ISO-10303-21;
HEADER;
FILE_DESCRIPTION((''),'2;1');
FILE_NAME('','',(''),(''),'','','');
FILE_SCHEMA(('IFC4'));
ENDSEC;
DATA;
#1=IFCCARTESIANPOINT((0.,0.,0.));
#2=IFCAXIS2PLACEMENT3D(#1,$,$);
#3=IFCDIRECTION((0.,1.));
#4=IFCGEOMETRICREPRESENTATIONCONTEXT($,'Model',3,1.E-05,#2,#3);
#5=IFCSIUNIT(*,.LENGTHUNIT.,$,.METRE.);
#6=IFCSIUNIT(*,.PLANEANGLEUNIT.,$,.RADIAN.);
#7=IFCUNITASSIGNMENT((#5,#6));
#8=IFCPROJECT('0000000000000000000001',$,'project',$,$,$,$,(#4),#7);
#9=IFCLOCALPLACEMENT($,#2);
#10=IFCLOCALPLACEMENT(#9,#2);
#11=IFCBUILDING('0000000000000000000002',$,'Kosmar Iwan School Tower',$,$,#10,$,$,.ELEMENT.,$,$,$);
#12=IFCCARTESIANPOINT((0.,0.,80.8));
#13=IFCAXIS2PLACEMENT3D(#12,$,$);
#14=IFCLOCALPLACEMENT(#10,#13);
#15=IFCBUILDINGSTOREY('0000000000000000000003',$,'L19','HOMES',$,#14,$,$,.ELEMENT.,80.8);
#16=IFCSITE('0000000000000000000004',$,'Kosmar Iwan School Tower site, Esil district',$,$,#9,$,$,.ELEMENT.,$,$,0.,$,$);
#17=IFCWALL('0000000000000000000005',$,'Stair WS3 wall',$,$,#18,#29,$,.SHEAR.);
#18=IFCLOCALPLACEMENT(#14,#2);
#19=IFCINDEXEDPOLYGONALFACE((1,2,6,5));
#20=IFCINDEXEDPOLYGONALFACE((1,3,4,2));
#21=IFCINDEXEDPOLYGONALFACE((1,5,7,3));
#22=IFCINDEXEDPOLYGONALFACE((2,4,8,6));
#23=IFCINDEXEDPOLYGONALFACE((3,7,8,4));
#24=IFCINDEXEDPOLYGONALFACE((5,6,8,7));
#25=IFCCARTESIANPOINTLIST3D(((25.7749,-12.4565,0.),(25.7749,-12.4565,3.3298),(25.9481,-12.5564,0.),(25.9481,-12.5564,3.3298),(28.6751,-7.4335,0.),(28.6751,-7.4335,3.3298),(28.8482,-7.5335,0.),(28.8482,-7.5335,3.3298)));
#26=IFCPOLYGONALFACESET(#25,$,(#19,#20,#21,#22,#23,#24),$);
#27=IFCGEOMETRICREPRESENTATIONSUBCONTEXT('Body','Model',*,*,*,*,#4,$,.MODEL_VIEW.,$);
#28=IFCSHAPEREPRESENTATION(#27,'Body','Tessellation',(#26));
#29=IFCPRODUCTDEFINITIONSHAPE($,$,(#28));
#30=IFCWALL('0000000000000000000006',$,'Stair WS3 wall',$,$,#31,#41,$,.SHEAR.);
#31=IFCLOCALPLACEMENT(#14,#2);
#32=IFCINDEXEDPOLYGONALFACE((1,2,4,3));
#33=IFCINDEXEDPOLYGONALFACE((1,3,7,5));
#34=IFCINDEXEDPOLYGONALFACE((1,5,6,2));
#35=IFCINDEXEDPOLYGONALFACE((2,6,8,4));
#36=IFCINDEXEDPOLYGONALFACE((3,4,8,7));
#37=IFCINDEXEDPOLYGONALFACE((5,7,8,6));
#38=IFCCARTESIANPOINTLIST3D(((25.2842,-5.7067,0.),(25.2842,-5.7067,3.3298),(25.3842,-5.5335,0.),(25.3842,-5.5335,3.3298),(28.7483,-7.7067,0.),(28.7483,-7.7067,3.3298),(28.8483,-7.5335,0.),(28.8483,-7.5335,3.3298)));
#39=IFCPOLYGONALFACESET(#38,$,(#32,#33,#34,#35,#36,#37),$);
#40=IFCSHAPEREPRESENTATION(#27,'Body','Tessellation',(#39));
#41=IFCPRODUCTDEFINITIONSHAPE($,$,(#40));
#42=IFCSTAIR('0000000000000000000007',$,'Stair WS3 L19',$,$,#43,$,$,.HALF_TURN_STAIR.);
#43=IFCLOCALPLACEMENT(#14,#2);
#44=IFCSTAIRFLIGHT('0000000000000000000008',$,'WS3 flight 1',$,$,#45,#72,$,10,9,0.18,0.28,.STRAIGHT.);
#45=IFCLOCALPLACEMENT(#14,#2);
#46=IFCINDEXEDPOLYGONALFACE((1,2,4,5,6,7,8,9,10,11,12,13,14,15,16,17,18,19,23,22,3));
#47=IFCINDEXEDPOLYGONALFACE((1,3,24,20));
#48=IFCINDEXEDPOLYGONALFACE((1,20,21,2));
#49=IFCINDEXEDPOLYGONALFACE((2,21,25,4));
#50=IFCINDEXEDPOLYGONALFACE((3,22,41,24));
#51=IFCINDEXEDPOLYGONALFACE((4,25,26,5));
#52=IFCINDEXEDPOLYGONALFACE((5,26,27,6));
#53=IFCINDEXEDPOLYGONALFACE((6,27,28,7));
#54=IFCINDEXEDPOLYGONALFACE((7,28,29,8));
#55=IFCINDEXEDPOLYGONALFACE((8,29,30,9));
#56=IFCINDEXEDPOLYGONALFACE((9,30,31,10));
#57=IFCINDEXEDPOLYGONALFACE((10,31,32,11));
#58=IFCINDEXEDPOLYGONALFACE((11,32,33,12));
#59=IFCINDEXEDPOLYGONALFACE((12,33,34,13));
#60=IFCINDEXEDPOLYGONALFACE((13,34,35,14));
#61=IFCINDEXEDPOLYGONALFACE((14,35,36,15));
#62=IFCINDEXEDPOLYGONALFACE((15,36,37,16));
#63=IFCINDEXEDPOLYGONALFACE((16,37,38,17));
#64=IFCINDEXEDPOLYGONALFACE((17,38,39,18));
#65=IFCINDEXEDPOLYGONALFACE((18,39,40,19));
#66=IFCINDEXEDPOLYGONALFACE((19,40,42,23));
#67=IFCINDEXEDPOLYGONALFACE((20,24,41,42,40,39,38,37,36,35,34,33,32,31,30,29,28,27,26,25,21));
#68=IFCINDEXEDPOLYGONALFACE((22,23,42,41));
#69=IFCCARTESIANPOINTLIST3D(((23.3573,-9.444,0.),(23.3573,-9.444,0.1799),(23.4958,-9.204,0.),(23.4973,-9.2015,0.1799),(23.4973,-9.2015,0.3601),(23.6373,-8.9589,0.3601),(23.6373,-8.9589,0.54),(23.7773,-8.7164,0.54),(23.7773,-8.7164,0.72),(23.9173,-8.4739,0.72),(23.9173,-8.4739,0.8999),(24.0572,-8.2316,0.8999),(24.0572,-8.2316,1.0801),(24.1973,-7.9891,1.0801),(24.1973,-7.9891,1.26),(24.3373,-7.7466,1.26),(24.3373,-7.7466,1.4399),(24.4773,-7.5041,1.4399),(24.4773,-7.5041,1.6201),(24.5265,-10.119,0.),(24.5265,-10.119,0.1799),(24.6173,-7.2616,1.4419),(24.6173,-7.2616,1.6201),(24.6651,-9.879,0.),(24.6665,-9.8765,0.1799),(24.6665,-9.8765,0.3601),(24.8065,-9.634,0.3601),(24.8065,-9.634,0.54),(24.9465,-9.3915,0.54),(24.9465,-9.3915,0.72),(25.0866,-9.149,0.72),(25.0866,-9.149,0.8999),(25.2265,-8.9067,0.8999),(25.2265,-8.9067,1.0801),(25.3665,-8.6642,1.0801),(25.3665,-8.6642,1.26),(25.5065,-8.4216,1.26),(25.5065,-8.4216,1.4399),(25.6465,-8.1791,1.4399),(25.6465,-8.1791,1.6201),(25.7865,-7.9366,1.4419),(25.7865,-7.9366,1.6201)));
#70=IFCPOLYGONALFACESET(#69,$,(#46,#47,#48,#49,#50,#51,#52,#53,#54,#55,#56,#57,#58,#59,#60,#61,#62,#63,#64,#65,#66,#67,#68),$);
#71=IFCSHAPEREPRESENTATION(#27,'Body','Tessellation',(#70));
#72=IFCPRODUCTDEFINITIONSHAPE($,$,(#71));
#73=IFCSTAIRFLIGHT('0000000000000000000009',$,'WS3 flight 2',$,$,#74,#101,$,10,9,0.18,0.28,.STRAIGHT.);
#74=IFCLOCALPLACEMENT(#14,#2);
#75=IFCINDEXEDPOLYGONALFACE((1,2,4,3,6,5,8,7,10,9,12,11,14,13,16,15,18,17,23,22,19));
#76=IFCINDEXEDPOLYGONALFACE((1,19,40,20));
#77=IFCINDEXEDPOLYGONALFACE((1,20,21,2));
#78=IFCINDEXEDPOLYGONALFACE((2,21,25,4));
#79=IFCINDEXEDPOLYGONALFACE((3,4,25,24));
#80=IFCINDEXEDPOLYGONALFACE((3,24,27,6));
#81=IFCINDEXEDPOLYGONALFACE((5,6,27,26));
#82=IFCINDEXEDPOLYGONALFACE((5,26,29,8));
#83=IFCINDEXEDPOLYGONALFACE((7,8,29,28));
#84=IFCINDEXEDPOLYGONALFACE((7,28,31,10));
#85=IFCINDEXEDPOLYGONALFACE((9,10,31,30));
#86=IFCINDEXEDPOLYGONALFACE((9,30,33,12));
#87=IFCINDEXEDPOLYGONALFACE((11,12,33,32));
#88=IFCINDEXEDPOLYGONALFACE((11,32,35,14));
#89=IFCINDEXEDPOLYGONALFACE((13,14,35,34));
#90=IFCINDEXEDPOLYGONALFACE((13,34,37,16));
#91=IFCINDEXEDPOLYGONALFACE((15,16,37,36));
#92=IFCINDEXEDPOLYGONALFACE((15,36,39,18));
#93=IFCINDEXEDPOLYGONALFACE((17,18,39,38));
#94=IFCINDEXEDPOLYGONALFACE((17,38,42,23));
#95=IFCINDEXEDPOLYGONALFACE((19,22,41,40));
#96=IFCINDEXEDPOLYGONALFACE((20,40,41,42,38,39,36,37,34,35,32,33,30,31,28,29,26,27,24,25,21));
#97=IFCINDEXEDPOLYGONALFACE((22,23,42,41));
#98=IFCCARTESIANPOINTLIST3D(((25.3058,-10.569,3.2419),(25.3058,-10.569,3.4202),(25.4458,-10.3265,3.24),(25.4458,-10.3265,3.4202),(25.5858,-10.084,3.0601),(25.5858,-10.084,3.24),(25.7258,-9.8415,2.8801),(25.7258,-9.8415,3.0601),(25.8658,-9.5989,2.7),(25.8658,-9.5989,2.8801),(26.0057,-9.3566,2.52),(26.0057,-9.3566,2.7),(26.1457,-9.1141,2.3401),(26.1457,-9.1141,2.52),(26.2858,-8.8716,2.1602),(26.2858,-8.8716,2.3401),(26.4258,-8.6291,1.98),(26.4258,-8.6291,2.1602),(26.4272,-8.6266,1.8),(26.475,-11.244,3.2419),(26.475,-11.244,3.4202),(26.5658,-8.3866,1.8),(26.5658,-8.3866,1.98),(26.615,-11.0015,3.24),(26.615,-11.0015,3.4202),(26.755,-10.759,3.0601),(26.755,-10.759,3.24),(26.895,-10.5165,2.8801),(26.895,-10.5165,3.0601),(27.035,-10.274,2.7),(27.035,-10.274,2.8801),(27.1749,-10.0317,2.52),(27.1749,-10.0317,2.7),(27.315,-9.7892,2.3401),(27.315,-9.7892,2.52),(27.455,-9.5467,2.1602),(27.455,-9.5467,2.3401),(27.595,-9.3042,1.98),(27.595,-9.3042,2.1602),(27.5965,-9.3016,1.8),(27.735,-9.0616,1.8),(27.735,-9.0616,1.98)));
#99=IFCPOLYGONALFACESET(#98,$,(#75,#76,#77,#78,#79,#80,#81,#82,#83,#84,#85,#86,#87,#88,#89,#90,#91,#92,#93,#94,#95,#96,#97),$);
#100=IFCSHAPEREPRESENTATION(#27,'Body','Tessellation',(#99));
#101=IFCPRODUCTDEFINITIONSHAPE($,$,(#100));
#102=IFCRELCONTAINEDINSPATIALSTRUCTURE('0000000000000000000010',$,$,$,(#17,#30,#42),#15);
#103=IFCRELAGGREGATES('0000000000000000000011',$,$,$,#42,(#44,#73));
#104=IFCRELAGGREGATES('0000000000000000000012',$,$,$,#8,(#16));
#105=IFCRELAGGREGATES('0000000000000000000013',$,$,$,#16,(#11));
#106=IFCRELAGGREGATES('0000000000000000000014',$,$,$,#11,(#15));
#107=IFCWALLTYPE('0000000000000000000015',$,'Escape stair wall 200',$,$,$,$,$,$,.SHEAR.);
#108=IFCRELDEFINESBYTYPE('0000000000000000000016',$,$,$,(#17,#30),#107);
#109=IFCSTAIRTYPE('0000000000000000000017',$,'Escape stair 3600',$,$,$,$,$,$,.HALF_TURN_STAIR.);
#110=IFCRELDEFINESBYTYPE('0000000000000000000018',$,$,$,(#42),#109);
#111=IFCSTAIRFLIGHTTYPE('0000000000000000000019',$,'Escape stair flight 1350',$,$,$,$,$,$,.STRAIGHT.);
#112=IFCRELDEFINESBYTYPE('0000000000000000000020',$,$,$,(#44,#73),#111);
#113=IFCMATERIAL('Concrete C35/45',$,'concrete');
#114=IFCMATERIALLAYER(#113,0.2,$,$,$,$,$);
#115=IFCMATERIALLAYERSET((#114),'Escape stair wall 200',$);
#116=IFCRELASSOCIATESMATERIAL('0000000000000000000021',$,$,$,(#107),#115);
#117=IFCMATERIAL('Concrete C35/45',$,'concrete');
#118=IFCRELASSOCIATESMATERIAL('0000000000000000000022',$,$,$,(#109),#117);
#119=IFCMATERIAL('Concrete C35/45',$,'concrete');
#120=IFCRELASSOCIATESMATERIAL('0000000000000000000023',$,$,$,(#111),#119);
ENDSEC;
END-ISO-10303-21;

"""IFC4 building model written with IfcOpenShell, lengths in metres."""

from ifc_helpers import new_model, si_unit, direction, frame, frame_2d, origin, place, context, subcontext, project, spatial, polyline, rectangle, outline, extrude, material, layer, layer_set, type_object, element, aggregate, save


model = new_model("IFC4")

# Units and contexts
model_context = context("Model", 3, precision=1e-05, world=origin(), true_north=direction((0.0, 1.0)))
body_context = subcontext(model_context, "Body", "Model", "MODEL_VIEW")
ifc_project = project(units=[si_unit("LENGTHUNIT", "METRE"), si_unit("PLANEANGLEUNIT", "RADIAN")], contexts=[model_context])

# Site, building, storey
site_placement = place(None, origin())
site = spatial("IfcSite", under=ifc_project, at=site_placement, Name="Kosmar Iwan School Tower site, Esil district", CompositionType="ELEMENT", RefElevation=0.0)
building_placement = place(site_placement, origin())
building = spatial("IfcBuilding", under=site, at=building_placement, Name="Kosmar Iwan School Tower", CompositionType="ELEMENT")
storey_placement = place(building_placement, frame((0.0, 0.0, 80.8)))
storey = spatial("IfcBuildingStorey", under=building, at=storey_placement, Name="L19", Description="HOMES", CompositionType="ELEMENT", Elevation=80.8)

# Walls
ifc_material_1 = material(Name="Concrete C35/45", Category="concrete")
ifc_layer_1 = layer(ifc_material_1, 0.2)
ifc_layer_set_1 = layer_set([ifc_layer_1], Name="Escape stair wall 200")
wall_type_1 = type_object("IfcWallType", Name="Escape stair wall 200", PredefinedType="SHEAR", material=ifc_layer_set_1)
for number, where, z_axis, x_axis, name in (
    (1, (25.8616, -12.5063, 0.0), (0.0, 0.0, 1.0), (0.500019, 0.866015, 0.0), "Stair WS3 wall"),
):
    element("IfcWall", number, at=place(storey_placement, frame(where, z_axis=z_axis, x_axis=x_axis)), inside=storey, type_object=wall_type_1, Name=name, PredefinedType="SHEAR", context=body_context, shape_type="SweptSolid", body=[
        extrude(rectangle(XDim=5.8, YDim=0.2, at=frame_2d((2.8999, 0.0))), origin(), (0.0, 0.0, 1.0), 3.3298),
    ])
wall_1_placement = place(storey_placement, frame((25.3342, -5.6201, 0.0), z_axis=(0.0, 0.0, 1.0), x_axis=(0.866026, -0.499999, 0.0)))
element("IfcWall", 2, at=wall_1_placement, inside=storey, type_object=wall_type_1, Name="Stair WS3 wall", PredefinedType="SHEAR", context=body_context, shape_type="SweptSolid", body=[
    extrude(rectangle(XDim=4.0, YDim=0.2, at=frame_2d((2.0, 0.0))), origin(), (0.0, 0.0, 1.0), 3.3298),
])

# Stair, stair flights
ifc_material_2 = material(Name="Concrete C35/45", Category="concrete")
stair_type = type_object("IfcStairType", Name="Escape stair 3600", PredefinedType="HALF_TURN_STAIR", material=ifc_material_2)
stair_placement = place(storey_placement, origin())
stair = element("IfcStair", 3, at=stair_placement, inside=storey, type_object=stair_type, Name="Stair WS3 L19", PredefinedType="HALF_TURN_STAIR")
ifc_material_3 = material(Name="Concrete C35/45", Category="concrete")
stair_flight_type = type_object("IfcStairFlightType", Name="Escape stair flight 1350", PredefinedType="STRAIGHT", material=ifc_material_3)
stair_flight_1_placement = place(storey_placement, frame((23.9419, -9.7815, 0.0), z_axis=(0.0, 0.0, 1.0), x_axis=(0.5, 0.866025, 0.0)))
stair_flight_1 = element("IfcStairFlight", 4, at=stair_flight_1_placement, type_object=stair_flight_type, Name="WS3 flight 1", NumberOfRisers=10, NumberOfTreads=9, PredefinedType="STRAIGHT", RiserHeight=0.18, TreadLength=0.28, context=body_context, shape_type="SweptSolid", body=[
    extrude(outline(polyline([(0.0, 0.0), (0.0, 0.1799), (0.28, 0.1799), (0.28, 0.3601), (0.5601, 0.3601), (0.5601, 0.54), (0.8401, 0.54), (0.8401, 0.72), (1.1201, 0.72), (1.1201, 0.8999), (1.3999, 0.8999), (1.3999, 1.0801), (1.6799, 1.0801), (1.6799, 1.26), (1.96, 1.26), (1.96, 1.4399), (2.24, 1.4399), (2.24, 1.6201), (2.52, 1.6201), (2.52, 1.8), (2.52, 1.4419), (0.2771, 0.0), (0.0, 0.0)])), frame((0.0, 0.675, 0.0), z_axis=(0.0, -1.0, 0.0), x_axis=(1.0, 0.0, 0.0)), (0.0, 0.0, 1.0), 1.3501),
])
stair_flight_2_placement = place(storey_placement, frame((27.1504, -8.7241, 1.8), z_axis=(0.0, 0.0, 1.0), x_axis=(-0.5, -0.866025, 0.0)))
stair_flight_2 = element("IfcStairFlight", 5, at=stair_flight_2_placement, type_object=stair_flight_type, Name="WS3 flight 2", NumberOfRisers=10, NumberOfTreads=9, PredefinedType="STRAIGHT", RiserHeight=0.18, TreadLength=0.28, context=body_context, shape_type="SweptSolid", body=[
    extrude(outline(polyline([(0.0, 0.0), (0.0, 0.1799), (0.28, 0.1799), (0.28, 0.3601), (0.5601, 0.3601), (0.5601, 0.54), (0.8401, 0.54), (0.8401, 0.72), (1.1201, 0.72), (1.1201, 0.8999), (1.3999, 0.8999), (1.3999, 1.0801), (1.6799, 1.0801), (1.6799, 1.26), (1.96, 1.26), (1.96, 1.4399), (2.24, 1.4399), (2.24, 1.6201), (2.52, 1.6201), (2.52, 1.8), (2.52, 1.4419), (0.2771, 0.0), (0.0, 0.0)])), frame((0.0, 0.675, 0.0), z_axis=(0.0, -1.0, 0.0), x_axis=(1.0, 0.0, 0.0)), (0.0, 0.0, 1.0), 1.3501),
])
aggregate(stair, [stair_flight_1, stair_flight_2])

save(model, "model.ifc")
